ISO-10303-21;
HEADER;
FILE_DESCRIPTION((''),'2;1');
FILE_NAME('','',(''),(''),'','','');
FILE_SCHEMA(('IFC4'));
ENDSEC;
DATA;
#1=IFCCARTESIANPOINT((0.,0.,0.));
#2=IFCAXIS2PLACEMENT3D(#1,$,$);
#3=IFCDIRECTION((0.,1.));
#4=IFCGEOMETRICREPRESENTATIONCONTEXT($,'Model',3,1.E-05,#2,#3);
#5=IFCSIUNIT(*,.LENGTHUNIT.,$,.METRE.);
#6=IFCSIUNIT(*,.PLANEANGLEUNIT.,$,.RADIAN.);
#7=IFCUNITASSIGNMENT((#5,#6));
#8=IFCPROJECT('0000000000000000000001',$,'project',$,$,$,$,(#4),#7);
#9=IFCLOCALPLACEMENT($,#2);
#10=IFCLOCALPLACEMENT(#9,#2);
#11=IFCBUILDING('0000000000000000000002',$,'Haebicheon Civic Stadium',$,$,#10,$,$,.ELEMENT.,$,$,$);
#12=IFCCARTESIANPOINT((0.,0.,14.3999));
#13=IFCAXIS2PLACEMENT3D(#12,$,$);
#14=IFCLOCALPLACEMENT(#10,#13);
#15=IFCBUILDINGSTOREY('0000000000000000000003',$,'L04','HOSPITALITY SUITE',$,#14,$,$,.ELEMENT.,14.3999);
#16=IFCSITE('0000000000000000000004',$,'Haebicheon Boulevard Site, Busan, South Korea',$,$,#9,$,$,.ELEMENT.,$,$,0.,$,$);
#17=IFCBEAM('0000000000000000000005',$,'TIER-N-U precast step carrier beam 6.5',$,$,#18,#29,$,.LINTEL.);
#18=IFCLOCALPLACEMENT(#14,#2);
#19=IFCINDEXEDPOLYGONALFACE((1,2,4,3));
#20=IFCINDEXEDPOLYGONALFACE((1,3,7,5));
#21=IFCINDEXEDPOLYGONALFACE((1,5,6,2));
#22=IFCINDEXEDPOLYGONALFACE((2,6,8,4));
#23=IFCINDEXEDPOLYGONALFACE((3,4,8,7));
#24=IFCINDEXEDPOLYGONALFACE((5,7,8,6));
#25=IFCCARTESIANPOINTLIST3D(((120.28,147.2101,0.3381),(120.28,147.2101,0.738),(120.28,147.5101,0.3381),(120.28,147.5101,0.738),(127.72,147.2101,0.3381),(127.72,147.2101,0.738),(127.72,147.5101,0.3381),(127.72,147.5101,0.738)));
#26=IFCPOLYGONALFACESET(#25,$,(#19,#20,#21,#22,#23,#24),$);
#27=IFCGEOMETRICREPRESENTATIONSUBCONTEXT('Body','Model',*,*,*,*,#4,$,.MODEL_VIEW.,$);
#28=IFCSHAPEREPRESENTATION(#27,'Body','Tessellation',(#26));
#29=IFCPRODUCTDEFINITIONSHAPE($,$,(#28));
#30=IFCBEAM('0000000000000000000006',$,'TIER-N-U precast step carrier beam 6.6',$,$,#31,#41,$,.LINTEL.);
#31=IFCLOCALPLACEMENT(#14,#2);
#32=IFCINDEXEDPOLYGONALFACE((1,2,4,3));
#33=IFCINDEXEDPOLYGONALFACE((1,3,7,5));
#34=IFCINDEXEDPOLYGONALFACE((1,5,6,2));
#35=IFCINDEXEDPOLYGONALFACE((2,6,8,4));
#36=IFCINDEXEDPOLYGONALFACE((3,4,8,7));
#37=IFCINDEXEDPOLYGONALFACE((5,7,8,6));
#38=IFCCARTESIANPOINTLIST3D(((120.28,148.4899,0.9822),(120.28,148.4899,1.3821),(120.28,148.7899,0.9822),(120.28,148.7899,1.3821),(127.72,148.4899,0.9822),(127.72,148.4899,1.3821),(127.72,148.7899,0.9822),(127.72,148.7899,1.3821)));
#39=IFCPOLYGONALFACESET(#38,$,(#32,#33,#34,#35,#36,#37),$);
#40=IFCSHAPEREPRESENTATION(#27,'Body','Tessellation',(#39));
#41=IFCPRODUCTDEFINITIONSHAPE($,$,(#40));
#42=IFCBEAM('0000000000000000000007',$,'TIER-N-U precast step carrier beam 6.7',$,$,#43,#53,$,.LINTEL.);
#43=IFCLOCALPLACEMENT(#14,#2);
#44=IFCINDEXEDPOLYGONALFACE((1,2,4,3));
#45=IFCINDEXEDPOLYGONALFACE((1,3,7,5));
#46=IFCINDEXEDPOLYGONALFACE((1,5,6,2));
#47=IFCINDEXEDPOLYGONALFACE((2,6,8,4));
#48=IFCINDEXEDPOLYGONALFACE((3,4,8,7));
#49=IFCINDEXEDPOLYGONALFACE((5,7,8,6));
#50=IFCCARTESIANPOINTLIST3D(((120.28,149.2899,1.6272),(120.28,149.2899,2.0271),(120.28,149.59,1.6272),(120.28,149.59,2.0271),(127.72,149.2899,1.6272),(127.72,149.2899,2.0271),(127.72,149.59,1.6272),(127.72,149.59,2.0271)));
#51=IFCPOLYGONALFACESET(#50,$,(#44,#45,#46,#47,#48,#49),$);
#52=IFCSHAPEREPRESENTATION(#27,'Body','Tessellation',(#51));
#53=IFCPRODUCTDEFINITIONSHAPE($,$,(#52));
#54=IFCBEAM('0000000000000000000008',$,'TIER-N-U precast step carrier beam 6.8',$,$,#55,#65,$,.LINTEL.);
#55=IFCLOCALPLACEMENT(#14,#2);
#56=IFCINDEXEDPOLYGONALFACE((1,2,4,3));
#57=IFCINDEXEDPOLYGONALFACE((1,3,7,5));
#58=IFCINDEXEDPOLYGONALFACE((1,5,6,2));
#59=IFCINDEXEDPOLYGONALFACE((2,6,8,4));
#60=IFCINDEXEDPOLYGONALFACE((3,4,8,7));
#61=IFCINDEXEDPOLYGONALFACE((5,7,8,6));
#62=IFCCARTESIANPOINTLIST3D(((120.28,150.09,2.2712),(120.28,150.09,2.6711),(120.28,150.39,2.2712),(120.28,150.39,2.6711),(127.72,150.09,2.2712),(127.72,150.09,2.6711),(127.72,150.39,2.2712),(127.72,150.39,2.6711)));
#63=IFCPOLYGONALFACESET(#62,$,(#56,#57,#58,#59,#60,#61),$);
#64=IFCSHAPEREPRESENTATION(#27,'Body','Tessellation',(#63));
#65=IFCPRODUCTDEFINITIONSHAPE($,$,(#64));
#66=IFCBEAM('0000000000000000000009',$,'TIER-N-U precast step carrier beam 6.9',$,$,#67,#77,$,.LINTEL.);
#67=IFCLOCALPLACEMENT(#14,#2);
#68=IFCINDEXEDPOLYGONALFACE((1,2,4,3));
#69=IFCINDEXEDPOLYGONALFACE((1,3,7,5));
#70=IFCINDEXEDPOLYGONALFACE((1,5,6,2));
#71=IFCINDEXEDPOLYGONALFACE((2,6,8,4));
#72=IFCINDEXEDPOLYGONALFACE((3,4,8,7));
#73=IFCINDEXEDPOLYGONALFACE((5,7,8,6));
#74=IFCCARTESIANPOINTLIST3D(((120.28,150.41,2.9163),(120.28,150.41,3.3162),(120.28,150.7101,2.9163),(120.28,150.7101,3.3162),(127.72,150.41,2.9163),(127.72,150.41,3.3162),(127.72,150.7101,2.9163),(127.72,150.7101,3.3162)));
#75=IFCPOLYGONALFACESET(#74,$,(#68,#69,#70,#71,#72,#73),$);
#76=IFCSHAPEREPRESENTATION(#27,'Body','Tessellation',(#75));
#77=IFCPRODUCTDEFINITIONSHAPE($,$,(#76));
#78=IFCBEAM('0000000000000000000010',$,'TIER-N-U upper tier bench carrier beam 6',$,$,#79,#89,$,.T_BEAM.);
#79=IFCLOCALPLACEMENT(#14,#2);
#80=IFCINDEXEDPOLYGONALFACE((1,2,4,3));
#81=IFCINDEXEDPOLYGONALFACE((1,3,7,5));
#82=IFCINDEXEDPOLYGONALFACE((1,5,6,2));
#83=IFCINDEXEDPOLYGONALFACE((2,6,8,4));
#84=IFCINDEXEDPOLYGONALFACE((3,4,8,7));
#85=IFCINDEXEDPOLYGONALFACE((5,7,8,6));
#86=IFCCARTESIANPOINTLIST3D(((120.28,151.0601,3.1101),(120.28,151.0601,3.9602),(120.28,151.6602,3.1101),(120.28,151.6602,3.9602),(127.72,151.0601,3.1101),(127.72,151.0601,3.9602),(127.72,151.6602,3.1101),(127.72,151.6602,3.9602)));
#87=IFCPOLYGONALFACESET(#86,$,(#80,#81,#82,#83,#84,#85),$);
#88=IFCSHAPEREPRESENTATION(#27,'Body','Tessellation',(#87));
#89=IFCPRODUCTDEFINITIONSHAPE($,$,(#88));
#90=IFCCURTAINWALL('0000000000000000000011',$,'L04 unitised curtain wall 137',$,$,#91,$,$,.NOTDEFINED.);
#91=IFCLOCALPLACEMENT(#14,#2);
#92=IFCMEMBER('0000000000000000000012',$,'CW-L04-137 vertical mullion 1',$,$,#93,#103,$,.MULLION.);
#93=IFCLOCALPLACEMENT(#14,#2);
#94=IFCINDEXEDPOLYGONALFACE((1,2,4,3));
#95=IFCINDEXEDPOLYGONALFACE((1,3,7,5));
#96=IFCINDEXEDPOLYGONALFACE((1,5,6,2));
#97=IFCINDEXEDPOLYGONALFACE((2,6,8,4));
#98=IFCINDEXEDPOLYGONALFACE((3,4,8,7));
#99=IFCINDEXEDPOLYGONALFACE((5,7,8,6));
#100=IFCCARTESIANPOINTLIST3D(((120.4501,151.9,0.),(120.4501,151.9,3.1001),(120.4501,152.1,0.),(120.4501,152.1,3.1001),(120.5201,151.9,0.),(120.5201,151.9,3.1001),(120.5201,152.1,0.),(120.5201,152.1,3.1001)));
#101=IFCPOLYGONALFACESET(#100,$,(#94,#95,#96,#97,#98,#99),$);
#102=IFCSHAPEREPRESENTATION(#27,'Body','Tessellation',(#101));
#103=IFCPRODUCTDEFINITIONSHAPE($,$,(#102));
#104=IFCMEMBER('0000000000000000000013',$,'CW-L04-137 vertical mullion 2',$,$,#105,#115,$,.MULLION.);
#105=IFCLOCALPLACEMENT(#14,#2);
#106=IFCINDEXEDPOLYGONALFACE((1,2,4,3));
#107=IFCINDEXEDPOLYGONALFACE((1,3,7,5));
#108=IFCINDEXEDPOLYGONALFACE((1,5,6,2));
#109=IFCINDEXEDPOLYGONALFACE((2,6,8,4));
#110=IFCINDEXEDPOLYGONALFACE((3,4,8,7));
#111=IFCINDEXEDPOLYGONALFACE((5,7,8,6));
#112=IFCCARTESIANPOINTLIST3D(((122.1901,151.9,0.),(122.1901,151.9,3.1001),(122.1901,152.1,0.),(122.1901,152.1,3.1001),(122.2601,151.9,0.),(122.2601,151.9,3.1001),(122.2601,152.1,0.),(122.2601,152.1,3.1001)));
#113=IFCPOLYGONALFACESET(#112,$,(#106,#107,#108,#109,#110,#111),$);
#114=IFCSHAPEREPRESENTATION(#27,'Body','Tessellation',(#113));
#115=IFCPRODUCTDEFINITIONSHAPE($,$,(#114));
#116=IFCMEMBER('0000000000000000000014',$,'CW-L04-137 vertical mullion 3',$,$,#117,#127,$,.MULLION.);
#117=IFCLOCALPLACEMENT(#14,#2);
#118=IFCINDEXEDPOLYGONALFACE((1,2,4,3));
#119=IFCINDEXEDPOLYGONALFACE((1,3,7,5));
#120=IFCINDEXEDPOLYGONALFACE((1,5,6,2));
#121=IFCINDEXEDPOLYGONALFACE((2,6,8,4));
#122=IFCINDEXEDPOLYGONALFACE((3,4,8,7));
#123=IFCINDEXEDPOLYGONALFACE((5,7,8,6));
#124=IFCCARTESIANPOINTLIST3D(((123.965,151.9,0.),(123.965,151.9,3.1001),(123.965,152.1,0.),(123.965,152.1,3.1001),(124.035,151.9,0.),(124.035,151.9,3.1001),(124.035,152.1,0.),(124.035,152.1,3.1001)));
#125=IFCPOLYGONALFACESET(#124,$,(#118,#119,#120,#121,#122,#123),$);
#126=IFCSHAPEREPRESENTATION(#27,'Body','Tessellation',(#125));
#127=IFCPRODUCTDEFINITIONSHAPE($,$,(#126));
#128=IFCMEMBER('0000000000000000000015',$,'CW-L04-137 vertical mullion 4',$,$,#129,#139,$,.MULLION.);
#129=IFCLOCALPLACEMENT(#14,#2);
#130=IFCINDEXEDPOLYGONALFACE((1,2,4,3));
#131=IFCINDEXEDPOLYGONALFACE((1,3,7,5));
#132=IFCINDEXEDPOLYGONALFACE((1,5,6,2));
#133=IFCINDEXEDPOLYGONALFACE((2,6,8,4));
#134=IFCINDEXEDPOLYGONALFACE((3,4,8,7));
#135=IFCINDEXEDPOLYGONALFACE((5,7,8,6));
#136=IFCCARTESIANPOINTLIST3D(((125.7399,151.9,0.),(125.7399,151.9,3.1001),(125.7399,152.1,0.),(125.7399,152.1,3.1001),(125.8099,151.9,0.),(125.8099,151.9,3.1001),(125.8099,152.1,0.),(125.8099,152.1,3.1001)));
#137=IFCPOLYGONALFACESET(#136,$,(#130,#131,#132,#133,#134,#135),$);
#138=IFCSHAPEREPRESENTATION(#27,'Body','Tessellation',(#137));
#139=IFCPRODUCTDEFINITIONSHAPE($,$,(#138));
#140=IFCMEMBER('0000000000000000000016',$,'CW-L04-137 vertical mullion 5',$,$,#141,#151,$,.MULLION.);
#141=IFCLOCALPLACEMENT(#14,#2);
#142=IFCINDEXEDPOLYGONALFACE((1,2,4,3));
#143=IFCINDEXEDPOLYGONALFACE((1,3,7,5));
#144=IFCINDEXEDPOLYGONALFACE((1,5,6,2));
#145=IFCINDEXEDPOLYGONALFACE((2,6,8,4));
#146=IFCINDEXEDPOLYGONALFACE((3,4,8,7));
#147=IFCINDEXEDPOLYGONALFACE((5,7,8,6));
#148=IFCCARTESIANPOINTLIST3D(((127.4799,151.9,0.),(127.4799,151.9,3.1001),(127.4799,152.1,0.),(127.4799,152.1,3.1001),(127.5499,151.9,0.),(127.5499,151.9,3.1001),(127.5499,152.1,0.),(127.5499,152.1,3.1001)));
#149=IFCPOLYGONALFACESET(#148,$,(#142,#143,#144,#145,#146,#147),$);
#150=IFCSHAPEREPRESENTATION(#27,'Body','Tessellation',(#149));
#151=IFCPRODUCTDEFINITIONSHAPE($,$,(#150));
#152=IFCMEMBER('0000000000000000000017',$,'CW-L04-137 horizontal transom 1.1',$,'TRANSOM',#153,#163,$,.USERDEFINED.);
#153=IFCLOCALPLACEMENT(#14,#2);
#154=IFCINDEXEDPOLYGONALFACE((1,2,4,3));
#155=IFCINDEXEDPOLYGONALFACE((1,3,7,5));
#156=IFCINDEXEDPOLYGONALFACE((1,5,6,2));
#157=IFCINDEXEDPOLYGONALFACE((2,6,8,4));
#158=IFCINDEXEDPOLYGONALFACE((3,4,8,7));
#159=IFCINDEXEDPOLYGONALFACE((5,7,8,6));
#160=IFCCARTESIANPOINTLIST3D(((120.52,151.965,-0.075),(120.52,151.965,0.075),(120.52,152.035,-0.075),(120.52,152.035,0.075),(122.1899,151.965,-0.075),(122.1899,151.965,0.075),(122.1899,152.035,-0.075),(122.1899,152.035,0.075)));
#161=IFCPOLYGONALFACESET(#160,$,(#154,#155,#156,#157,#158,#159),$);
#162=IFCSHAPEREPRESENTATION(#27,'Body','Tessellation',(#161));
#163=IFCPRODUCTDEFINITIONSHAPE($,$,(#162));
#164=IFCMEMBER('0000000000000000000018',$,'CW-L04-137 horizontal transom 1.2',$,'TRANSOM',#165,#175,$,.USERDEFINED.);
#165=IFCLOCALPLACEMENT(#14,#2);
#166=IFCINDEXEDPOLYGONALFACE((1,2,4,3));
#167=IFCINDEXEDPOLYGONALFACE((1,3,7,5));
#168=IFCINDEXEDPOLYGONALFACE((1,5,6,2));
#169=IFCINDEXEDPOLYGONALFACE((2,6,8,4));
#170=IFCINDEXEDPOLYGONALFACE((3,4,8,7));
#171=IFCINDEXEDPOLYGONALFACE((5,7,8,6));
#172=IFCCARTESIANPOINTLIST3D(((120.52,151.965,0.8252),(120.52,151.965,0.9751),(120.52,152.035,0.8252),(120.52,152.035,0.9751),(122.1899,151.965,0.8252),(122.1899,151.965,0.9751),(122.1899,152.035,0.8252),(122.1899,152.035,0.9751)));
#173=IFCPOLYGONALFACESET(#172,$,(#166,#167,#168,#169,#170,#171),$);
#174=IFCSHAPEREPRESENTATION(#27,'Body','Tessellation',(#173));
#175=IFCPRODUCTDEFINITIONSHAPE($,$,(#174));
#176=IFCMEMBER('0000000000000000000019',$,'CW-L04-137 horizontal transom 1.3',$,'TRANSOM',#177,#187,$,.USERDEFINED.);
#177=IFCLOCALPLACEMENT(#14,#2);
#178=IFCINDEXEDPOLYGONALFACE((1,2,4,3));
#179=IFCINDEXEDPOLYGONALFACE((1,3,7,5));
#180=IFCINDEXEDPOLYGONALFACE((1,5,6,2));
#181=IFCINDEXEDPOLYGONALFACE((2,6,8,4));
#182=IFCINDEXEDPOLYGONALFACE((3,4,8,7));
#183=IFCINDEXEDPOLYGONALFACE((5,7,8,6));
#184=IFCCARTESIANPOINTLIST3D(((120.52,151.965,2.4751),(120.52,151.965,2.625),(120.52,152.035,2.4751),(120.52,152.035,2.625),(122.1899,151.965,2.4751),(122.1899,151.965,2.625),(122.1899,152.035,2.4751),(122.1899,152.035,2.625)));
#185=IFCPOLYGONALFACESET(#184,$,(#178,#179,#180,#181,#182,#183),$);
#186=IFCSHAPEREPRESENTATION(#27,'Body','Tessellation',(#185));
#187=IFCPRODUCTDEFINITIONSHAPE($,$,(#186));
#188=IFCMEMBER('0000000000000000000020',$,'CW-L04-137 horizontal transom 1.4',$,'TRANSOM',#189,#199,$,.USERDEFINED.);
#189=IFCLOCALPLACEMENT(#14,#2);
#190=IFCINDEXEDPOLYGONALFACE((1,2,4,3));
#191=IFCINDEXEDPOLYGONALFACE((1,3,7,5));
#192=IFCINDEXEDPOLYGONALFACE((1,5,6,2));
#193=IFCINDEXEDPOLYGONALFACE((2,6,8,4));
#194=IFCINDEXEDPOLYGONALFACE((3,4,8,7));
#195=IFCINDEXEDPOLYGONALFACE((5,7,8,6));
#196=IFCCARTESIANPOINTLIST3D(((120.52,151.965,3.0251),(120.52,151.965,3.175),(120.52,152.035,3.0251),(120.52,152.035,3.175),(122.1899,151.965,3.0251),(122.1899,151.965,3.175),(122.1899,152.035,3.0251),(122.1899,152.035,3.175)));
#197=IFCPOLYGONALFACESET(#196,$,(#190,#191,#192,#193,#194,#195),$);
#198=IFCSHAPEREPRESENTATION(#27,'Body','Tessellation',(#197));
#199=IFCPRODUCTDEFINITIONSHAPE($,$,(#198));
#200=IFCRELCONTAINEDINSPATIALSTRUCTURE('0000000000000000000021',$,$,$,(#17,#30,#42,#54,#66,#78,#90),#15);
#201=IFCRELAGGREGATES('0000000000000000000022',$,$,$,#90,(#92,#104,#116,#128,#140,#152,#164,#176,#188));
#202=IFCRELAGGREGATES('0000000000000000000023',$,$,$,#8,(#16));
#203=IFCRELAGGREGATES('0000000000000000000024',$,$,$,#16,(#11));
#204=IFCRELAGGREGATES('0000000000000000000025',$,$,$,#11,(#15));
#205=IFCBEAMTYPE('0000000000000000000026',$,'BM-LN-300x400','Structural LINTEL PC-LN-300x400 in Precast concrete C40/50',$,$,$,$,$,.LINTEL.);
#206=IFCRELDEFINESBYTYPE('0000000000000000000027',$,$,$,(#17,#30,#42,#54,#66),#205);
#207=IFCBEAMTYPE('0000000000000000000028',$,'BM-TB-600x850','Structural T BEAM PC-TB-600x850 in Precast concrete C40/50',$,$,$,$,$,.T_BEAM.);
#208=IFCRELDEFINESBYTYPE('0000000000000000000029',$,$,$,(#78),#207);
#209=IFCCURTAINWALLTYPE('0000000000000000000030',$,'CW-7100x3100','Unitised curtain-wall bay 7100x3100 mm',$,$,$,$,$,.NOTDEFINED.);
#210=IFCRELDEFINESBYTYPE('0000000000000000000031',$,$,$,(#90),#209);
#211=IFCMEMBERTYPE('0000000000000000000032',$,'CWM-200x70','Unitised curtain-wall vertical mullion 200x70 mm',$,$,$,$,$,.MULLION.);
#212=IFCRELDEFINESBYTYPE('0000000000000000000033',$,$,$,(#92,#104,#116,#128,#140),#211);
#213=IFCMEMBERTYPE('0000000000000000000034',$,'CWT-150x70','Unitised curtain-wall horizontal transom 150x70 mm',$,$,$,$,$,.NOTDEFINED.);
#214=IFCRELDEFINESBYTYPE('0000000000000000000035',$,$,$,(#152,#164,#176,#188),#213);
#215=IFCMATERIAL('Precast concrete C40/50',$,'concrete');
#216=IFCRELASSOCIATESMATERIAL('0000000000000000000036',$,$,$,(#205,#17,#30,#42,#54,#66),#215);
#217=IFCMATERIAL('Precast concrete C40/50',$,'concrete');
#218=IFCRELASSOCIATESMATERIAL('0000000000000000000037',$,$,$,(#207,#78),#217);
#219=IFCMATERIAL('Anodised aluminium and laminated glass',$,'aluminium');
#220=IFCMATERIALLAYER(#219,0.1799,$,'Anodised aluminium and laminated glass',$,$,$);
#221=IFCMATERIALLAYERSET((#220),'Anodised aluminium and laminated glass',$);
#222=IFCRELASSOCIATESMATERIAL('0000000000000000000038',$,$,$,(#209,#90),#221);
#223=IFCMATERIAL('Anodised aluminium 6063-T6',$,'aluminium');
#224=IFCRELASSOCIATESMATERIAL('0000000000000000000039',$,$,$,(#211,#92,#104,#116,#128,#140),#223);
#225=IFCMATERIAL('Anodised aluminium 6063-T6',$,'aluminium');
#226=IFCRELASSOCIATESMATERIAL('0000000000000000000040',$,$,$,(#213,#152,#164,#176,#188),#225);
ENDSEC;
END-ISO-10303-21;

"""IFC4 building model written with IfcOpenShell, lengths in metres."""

from ifc_helpers import new_model, si_unit, direction, frame, origin, origin_2d, place, context, subcontext, project, spatial, rectangle, extrude, material, layer, layer_set, material_profile, profile_set, type_object, element, aggregate, save


model = new_model("IFC4")

# Units and contexts
model_context = context("Model", 3, precision=1e-05, world=origin(), true_north=direction((0.0, 1.0)))
body_context = subcontext(model_context, "Body", "Model", "MODEL_VIEW")
ifc_project = project(units=[si_unit("LENGTHUNIT", "METRE"), si_unit("PLANEANGLEUNIT", "RADIAN")], contexts=[model_context])

# Site, building, storey
site_placement = place(None, origin())
site = spatial("IfcSite", under=ifc_project, at=site_placement, Name="Haebicheon Boulevard Site, Busan, South Korea", CompositionType="ELEMENT", RefElevation=0.0)
building_placement = place(site_placement, origin())
building = spatial("IfcBuilding", under=site, at=building_placement, Name="Haebicheon Civic Stadium", CompositionType="ELEMENT")
storey_placement = place(building_placement, frame((0.0, 0.0, 14.3999)))
storey = spatial("IfcBuildingStorey", under=building, at=storey_placement, Name="L04", Description="HOSPITALITY SUITE", CompositionType="ELEMENT", Elevation=14.3999)

# Beams
ifc_material_1 = material(Name="Precast concrete C40/50", Category="concrete")
ifc_material_profile_1 = material_profile(ifc_material_1, rectangle(XDim=0.3, YDim=0.3999, at=origin_2d()), Name="PC-LN-300x400")
ifc_profile_set_1 = profile_set([ifc_material_profile_1], Name="Precast concrete C40/50")
beam_type_1 = type_object("IfcBeamType", Name="BM-LN-300x400", Description="Structural LINTEL PC-LN-300x400 in Precast concrete C40/50", PredefinedType="LINTEL", material=ifc_profile_set_1)
for number, where, z_axis, x_axis, name in (
    (1, (120.28, 147.3601, 0.5381), (1.0, 0.0, 0.0), (0.0, 1.0, 0.0), "TIER-N-U precast step carrier beam 6.5"),
    (2, (120.28, 148.6399, 1.1821), (1.0, 0.0, 0.0), (0.0, 1.0, 0.0), "TIER-N-U precast step carrier beam 6.6"),
    (3, (120.28, 149.4399, 1.8271), (1.0, 0.0, 0.0), (0.0, 1.0, 0.0), "TIER-N-U precast step carrier beam 6.7"),
    (4, (120.28, 150.24, 2.4712), (1.0, 0.0, 0.0), (0.0, 1.0, 0.0), "TIER-N-U precast step carrier beam 6.8"),
    (5, (120.28, 150.5601, 3.1162), (1.0, 0.0, 0.0), (0.0, 1.0, 0.0), "TIER-N-U precast step carrier beam 6.9"),
):
    element("IfcBeam", number, at=place(storey_placement, frame(where, z_axis=z_axis, x_axis=x_axis)), inside=storey, type_object=beam_type_1, material=ifc_profile_set_1, Name=name, PredefinedType="LINTEL", context=body_context, shape_type="SweptSolid", body=[
        extrude(rectangle(XDim=0.3, YDim=0.3999, at=origin_2d()), origin(), (0.0, 0.0, 1.0), 7.4399),
    ])
ifc_material_2 = material(Name="Precast concrete C40/50", Category="concrete")
ifc_material_profile_2 = material_profile(ifc_material_2, rectangle(XDim=0.6001, YDim=0.8501, at=origin_2d()), Name="PC-TB-600x850")
ifc_profile_set_2 = profile_set([ifc_material_profile_2], Name="Precast concrete C40/50")
beam_type_2 = type_object("IfcBeamType", Name="BM-TB-600x850", Description="Structural T BEAM PC-TB-600x850 in Precast concrete C40/50", PredefinedType="T_BEAM", material=ifc_profile_set_2)
beam_placement = place(storey_placement, frame((120.28, 151.3601, 3.5352), z_axis=(1.0, 0.0, 0.0), x_axis=(0.0, 1.0, 0.0)))
element("IfcBeam", 6, at=beam_placement, inside=storey, type_object=beam_type_2, material=ifc_profile_set_2, Name="TIER-N-U upper tier bench carrier beam 6", PredefinedType="T_BEAM", context=body_context, shape_type="SweptSolid", body=[
    extrude(rectangle(XDim=0.6001, YDim=0.8501, at=origin_2d()), origin(), (0.0, 0.0, 1.0), 7.4399),
])

# Curtain wall, members
ifc_material_3 = material(Name="Anodised aluminium and laminated glass", Category="aluminium")
ifc_layer_1 = layer(ifc_material_3, 0.1799, Name="Anodised aluminium and laminated glass")
ifc_layer_set_1 = layer_set([ifc_layer_1], Name="Anodised aluminium and laminated glass")
curtain_wall_type = type_object("IfcCurtainWallType", Name="CW-7100x3100", Description="Unitised curtain-wall bay 7100x3100 mm", PredefinedType="NOTDEFINED", material=ifc_layer_set_1)
curtain_wall_placement = place(storey_placement, origin())
curtain_wall = element("IfcCurtainWall", 7, at=curtain_wall_placement, inside=storey, type_object=curtain_wall_type, material=ifc_layer_set_1, Name="L04 unitised curtain wall 137", PredefinedType="NOTDEFINED")
ifc_material_4 = material(Name="Anodised aluminium 6063-T6", Category="aluminium")
ifc_material_profile_3 = material_profile(ifc_material_4, rectangle(XDim=0.0701, YDim=0.2, at=origin_2d()), Name="ALU-MULL-70x200")
ifc_profile_set_3 = profile_set([ifc_material_profile_3], Name="Anodised aluminium 6063-T6")
member_type_1 = type_object("IfcMemberType", Name="CWM-200x70", Description="Unitised curtain-wall vertical mullion 200x70 mm", PredefinedType="MULLION", material=ifc_profile_set_3)
member_1_placement = place(storey_placement, frame((120.4851, 152.0, 0.0), z_axis=(0.0, 0.0, 1.0), x_axis=(1.0, 0.0, 0.0)))
member_1 = element("IfcMember", 8, at=member_1_placement, type_object=member_type_1, material=ifc_profile_set_3, Name="CW-L04-137 vertical mullion 1", PredefinedType="MULLION", context=body_context, shape_type="SweptSolid", body=[
    extrude(rectangle(XDim=0.0701, YDim=0.2, at=origin_2d()), origin(), (0.0, 0.0, 1.0), 3.1001),
])
member_2_placement = place(storey_placement, frame((122.2251, 152.0, 0.0), z_axis=(0.0, 0.0, 1.0), x_axis=(1.0, 0.0, 0.0)))
member_2 = element("IfcMember", 9, at=member_2_placement, type_object=member_type_1, material=ifc_profile_set_3, Name="CW-L04-137 vertical mullion 2", PredefinedType="MULLION", context=body_context, shape_type="SweptSolid", body=[
    extrude(rectangle(XDim=0.0701, YDim=0.2, at=origin_2d()), origin(), (0.0, 0.0, 1.0), 3.1001),
])
member_3_placement = place(storey_placement, frame((124.0, 152.0, 0.0), z_axis=(0.0, 0.0, 1.0), x_axis=(1.0, 0.0, 0.0)))
member_3 = element("IfcMember", 10, at=member_3_placement, type_object=member_type_1, material=ifc_profile_set_3, Name="CW-L04-137 vertical mullion 3", PredefinedType="MULLION", context=body_context, shape_type="SweptSolid", body=[
    extrude(rectangle(XDim=0.0701, YDim=0.2, at=origin_2d()), origin(), (0.0, 0.0, 1.0), 3.1001),
])
member_4_placement = place(storey_placement, frame((125.7749, 152.0, 0.0), z_axis=(0.0, 0.0, 1.0), x_axis=(1.0, 0.0, 0.0)))
member_4 = element("IfcMember", 11, at=member_4_placement, type_object=member_type_1, material=ifc_profile_set_3, Name="CW-L04-137 vertical mullion 4", PredefinedType="MULLION", context=body_context, shape_type="SweptSolid", body=[
    extrude(rectangle(XDim=0.0701, YDim=0.2, at=origin_2d()), origin(), (0.0, 0.0, 1.0), 3.1001),
])
member_5_placement = place(storey_placement, frame((127.5149, 152.0, 0.0), z_axis=(0.0, 0.0, 1.0), x_axis=(1.0, 0.0, 0.0)))
member_5 = element("IfcMember", 12, at=member_5_placement, type_object=member_type_1, material=ifc_profile_set_3, Name="CW-L04-137 vertical mullion 5", PredefinedType="MULLION", context=body_context, shape_type="SweptSolid", body=[
    extrude(rectangle(XDim=0.0701, YDim=0.2, at=origin_2d()), origin(), (0.0, 0.0, 1.0), 3.1001),
])
ifc_material_5 = material(Name="Anodised aluminium 6063-T6", Category="aluminium")
ifc_material_profile_4 = material_profile(ifc_material_5, rectangle(XDim=0.0701, YDim=0.1499, at=origin_2d()), Name="ALU-TRAN-70x150")
ifc_profile_set_4 = profile_set([ifc_material_profile_4], Name="Anodised aluminium 6063-T6")
member_type_2 = type_object("IfcMemberType", Name="CWT-150x70", Description="Unitised curtain-wall horizontal transom 150x70 mm", PredefinedType="NOTDEFINED", material=ifc_profile_set_4)
member_6_placement = place(storey_placement, frame((120.52, 152.0, 0.0), z_axis=(1.0, 0.0, 0.0), x_axis=(0.0, 1.0, 0.0)))
member_6 = element("IfcMember", 13, at=member_6_placement, type_object=member_type_2, material=ifc_profile_set_4, Name="CW-L04-137 horizontal transom 1.1", ObjectType="TRANSOM", PredefinedType="USERDEFINED", context=body_context, shape_type="SweptSolid", body=[
    extrude(rectangle(XDim=0.0701, YDim=0.1499, at=origin_2d()), origin(), (0.0, 0.0, 1.0), 1.6699),
])
member_7_placement = place(storey_placement, frame((120.52, 152.0, 0.9001), z_axis=(1.0, 0.0, 0.0), x_axis=(0.0, 1.0, 0.0)))
member_7 = element("IfcMember", 14, at=member_7_placement, type_object=member_type_2, material=ifc_profile_set_4, Name="CW-L04-137 horizontal transom 1.2", ObjectType="TRANSOM", PredefinedType="USERDEFINED", context=body_context, shape_type="SweptSolid", body=[
    extrude(rectangle(XDim=0.0701, YDim=0.1499, at=origin_2d()), origin(), (0.0, 0.0, 1.0), 1.6699),
])
member_8_placement = place(storey_placement, frame((120.52, 152.0, 2.55), z_axis=(1.0, 0.0, 0.0), x_axis=(0.0, 1.0, 0.0)))
member_8 = element("IfcMember", 15, at=member_8_placement, type_object=member_type_2, material=ifc_profile_set_4, Name="CW-L04-137 horizontal transom 1.3", ObjectType="TRANSOM", PredefinedType="USERDEFINED", context=body_context, shape_type="SweptSolid", body=[
    extrude(rectangle(XDim=0.0701, YDim=0.1499, at=origin_2d()), origin(), (0.0, 0.0, 1.0), 1.6699),
])
member_9_placement = place(storey_placement, frame((120.52, 152.0, 3.1001), z_axis=(1.0, 0.0, 0.0), x_axis=(0.0, 1.0, 0.0)))
member_9 = element("IfcMember", 16, at=member_9_placement, type_object=member_type_2, material=ifc_profile_set_4, Name="CW-L04-137 horizontal transom 1.4", ObjectType="TRANSOM", PredefinedType="USERDEFINED", context=body_context, shape_type="SweptSolid", body=[
    extrude(rectangle(XDim=0.0701, YDim=0.1499, at=origin_2d()), origin(), (0.0, 0.0, 1.0), 1.6699),
])
aggregate(curtain_wall, [member_1, member_2, member_3, member_4, member_5, member_6, member_7, member_8, member_9])

save(model, "model.ifc")
